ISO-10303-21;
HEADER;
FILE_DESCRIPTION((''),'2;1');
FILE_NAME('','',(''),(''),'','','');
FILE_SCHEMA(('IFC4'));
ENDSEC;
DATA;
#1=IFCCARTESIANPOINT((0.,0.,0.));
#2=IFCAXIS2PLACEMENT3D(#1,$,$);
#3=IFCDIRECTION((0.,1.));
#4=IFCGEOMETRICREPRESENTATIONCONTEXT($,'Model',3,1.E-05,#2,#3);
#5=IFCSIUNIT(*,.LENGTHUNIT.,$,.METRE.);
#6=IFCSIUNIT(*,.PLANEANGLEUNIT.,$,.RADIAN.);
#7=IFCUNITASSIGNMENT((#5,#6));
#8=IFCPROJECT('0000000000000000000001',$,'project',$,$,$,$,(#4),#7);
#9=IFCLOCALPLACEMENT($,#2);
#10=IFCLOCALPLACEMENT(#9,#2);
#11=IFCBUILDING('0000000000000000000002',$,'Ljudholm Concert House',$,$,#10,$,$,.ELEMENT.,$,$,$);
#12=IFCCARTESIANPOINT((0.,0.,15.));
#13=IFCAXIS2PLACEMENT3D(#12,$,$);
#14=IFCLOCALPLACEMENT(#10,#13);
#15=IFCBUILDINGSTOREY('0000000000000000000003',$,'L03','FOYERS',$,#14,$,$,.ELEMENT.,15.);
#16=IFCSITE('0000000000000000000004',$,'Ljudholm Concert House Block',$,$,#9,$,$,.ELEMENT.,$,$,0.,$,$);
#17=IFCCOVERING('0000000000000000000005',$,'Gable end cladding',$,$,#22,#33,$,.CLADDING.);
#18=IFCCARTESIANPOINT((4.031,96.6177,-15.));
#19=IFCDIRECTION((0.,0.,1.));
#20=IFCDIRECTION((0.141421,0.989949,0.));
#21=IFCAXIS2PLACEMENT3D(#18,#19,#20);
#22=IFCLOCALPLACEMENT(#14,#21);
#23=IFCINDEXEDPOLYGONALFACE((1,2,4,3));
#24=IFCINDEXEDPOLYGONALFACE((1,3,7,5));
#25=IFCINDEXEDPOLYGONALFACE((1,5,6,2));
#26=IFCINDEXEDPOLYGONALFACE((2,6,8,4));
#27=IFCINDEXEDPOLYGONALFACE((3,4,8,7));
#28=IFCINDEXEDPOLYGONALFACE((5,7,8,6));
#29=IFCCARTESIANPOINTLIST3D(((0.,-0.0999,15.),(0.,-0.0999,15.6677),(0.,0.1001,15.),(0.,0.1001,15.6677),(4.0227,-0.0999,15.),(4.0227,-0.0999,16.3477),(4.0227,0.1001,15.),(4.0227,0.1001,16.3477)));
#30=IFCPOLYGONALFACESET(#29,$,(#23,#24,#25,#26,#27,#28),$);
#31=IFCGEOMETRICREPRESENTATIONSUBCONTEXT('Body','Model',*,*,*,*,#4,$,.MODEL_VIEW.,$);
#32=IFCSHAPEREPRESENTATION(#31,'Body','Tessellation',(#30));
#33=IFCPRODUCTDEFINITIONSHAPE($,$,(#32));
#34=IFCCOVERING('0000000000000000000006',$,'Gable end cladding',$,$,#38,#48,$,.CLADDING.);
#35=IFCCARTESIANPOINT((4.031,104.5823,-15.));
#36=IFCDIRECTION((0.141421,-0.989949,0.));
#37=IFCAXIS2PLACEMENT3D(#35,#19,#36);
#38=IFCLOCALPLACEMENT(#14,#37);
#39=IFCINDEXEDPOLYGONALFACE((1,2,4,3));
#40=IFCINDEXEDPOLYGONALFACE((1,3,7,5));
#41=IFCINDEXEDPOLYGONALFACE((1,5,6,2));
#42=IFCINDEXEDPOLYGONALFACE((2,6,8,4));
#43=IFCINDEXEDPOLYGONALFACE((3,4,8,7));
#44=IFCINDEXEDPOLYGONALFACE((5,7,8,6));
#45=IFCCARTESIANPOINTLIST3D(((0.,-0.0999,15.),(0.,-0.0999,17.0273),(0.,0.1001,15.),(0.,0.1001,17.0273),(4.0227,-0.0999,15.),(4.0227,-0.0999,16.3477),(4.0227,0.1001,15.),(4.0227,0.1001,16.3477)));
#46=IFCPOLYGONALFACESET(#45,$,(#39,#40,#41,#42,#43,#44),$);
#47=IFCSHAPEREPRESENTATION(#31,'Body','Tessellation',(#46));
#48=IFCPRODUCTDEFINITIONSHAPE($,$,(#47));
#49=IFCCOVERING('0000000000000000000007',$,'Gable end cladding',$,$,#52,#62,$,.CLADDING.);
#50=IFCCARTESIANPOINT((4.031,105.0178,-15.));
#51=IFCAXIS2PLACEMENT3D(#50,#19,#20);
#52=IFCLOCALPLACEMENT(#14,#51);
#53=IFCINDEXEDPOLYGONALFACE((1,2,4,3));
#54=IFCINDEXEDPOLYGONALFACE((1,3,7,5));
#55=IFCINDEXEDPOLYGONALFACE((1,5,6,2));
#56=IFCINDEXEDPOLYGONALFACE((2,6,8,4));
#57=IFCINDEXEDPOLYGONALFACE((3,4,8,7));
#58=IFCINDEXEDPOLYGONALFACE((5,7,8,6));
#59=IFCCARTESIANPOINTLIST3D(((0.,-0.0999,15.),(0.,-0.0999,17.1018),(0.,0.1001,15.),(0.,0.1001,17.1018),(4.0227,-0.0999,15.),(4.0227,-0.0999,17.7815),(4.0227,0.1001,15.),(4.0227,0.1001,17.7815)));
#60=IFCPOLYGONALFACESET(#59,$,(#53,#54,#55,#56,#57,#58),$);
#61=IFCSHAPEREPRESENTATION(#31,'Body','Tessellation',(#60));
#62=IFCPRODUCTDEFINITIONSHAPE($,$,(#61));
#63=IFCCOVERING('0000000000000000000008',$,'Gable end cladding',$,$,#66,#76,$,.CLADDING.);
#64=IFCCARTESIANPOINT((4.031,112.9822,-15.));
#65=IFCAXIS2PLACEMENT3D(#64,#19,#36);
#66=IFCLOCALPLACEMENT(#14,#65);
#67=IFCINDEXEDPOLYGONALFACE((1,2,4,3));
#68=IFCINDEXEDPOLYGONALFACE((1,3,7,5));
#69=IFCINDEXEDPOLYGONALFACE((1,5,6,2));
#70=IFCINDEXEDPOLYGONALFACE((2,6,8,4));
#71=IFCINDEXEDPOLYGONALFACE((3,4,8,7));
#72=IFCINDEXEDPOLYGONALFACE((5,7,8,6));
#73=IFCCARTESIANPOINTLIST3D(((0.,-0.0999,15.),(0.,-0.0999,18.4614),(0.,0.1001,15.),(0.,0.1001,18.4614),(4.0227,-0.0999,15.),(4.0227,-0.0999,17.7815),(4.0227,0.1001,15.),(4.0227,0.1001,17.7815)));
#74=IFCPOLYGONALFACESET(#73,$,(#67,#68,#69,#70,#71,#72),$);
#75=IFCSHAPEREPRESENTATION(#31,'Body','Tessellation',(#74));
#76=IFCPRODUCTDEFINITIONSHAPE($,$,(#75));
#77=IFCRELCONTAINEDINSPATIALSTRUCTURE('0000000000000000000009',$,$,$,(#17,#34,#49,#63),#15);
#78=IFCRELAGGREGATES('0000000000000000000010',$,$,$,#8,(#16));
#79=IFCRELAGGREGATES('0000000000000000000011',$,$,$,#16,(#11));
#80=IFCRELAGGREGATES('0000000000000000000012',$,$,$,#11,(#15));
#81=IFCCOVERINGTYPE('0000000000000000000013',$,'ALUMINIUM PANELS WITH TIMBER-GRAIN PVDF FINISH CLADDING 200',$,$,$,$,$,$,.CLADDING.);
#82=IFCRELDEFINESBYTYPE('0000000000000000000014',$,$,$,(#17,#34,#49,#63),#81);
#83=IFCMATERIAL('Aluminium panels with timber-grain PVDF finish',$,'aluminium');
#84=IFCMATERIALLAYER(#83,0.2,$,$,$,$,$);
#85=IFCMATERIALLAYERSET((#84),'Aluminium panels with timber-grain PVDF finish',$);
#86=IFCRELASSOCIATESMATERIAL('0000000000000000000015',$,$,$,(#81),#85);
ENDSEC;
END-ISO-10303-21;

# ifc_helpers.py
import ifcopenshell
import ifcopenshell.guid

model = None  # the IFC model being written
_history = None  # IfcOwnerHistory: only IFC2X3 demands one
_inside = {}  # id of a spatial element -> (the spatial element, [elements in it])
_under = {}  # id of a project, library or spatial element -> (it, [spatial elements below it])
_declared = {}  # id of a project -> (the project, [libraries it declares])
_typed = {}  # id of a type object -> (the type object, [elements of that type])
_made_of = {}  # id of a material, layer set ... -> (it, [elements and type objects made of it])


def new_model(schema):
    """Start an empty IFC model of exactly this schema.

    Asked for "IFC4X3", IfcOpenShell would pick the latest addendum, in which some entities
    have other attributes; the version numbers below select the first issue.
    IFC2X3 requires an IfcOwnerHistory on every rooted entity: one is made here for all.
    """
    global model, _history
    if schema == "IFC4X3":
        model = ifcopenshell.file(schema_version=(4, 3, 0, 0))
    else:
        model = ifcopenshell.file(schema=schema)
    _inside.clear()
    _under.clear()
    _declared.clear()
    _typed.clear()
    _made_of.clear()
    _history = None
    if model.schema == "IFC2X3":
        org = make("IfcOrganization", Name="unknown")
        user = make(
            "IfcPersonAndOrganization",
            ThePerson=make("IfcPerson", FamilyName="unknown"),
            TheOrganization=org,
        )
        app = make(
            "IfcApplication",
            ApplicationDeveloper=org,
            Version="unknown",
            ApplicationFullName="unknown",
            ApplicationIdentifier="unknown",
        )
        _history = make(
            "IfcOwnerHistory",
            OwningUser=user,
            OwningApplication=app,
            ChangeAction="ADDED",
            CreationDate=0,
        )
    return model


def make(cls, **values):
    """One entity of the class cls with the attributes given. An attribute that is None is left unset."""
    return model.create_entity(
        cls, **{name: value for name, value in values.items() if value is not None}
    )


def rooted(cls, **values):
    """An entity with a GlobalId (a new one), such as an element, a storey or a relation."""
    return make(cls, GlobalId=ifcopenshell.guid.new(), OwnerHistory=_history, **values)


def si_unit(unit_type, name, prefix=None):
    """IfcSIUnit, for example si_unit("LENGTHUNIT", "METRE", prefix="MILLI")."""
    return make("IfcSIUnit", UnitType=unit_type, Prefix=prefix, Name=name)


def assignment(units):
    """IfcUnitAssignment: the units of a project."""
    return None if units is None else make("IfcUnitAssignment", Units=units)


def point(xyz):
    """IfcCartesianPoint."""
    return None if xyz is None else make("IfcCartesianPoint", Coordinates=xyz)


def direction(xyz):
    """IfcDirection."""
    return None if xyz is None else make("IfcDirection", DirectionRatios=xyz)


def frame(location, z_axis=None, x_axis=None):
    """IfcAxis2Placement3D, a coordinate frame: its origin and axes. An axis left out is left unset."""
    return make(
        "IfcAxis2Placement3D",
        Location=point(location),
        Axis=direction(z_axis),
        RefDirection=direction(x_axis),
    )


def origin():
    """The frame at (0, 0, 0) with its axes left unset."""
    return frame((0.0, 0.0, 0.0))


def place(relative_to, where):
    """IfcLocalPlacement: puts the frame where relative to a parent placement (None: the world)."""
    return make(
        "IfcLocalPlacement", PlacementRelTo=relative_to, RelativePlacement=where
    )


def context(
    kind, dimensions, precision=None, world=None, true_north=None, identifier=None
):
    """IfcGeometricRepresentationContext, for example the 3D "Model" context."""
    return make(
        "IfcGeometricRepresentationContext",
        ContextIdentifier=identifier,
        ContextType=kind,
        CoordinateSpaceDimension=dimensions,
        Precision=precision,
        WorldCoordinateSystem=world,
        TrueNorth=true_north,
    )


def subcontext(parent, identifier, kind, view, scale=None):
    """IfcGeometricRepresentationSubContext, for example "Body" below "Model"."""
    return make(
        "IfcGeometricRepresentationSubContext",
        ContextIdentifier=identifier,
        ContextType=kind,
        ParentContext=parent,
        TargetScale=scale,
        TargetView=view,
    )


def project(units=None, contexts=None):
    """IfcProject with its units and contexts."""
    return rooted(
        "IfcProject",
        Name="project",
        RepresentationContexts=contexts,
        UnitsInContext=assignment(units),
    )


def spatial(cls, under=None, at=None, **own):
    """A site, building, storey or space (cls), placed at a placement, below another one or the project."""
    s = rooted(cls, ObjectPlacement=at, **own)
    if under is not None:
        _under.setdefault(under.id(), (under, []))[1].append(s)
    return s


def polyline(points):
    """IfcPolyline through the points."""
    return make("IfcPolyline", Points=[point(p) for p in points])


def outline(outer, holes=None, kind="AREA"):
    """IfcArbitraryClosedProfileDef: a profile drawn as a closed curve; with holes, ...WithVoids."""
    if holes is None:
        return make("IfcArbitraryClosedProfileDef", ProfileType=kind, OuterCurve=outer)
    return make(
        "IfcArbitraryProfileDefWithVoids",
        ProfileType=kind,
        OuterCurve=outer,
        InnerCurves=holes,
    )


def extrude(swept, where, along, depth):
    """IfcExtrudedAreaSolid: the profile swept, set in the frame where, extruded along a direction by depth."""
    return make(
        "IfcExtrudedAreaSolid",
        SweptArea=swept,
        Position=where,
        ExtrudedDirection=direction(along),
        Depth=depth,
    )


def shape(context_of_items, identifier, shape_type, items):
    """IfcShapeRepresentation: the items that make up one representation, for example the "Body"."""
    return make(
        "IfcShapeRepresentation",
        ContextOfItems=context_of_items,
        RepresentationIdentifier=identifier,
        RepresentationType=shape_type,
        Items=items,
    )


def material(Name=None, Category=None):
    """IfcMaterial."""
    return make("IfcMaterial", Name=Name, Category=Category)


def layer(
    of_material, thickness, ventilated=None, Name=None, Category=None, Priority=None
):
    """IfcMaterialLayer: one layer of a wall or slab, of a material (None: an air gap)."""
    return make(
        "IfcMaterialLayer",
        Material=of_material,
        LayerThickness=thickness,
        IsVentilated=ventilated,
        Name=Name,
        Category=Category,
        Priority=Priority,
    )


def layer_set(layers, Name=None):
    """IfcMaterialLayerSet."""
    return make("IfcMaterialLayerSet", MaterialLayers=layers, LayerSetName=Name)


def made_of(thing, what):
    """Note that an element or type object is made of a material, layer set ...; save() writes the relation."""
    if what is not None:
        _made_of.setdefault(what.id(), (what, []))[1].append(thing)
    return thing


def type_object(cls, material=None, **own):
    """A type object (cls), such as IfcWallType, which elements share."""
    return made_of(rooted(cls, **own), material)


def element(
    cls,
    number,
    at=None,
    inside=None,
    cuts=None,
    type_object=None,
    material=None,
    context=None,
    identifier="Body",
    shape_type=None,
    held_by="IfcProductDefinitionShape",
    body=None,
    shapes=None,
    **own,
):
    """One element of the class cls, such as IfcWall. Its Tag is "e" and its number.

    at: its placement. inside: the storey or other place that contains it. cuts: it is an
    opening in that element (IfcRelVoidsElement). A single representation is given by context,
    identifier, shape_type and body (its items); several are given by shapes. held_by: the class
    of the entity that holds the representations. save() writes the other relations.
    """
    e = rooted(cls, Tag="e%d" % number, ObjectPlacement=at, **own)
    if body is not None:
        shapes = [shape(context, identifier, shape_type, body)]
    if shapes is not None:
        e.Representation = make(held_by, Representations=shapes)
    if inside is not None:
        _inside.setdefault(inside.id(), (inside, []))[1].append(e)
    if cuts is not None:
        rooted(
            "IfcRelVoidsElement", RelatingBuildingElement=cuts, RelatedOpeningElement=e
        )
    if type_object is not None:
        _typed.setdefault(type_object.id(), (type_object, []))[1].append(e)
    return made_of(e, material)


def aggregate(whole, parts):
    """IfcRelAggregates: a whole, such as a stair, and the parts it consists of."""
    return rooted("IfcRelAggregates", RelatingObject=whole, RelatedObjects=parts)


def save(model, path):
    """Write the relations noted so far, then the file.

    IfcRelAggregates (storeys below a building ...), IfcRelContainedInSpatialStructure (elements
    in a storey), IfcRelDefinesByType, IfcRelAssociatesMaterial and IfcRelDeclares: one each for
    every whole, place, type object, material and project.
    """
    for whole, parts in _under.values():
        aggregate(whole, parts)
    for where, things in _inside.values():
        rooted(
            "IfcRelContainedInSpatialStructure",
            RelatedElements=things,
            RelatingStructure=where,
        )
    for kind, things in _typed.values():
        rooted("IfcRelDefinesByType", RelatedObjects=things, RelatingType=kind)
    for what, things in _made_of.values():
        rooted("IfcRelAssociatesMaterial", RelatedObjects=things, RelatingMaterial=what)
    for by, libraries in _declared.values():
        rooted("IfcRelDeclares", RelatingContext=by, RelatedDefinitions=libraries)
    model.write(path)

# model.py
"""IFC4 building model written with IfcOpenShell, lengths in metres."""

from ifc_helpers import new_model, si_unit, direction, frame, origin, place, context, subcontext, project, spatial, polyline, outline, extrude, material, layer, layer_set, type_object, element, save


model = new_model("IFC4")

# Units and contexts
model_context = context("Model", 3, precision=1e-05, world=origin(), true_north=direction((0.0, 1.0)))
body_context = subcontext(model_context, "Body", "Model", "MODEL_VIEW")
ifc_project = project(units=[si_unit("LENGTHUNIT", "METRE"), si_unit("PLANEANGLEUNIT", "RADIAN")], contexts=[model_context])

# Site, building, storey
site_placement = place(None, origin())
site = spatial("IfcSite", under=ifc_project, at=site_placement, Name="Ljudholm Concert House Block", CompositionType="ELEMENT", RefElevation=0.0)
building_placement = place(site_placement, origin())
building = spatial("IfcBuilding", under=site, at=building_placement, Name="Ljudholm Concert House", CompositionType="ELEMENT")
storey_placement = place(building_placement, frame((0.0, 0.0, 15.0)))
storey = spatial("IfcBuildingStorey", under=building, at=storey_placement, Name="L03", Description="FOYERS", CompositionType="ELEMENT", Elevation=15.0)

# Coverings
ifc_material_1 = material(Name="Aluminium panels with timber-grain PVDF finish", Category="aluminium")
ifc_layer = layer(ifc_material_1, 0.2)
ifc_layer_set = layer_set([ifc_layer], Name="Aluminium panels with timber-grain PVDF finish")
covering_type = type_object("IfcCoveringType", Name="ALUMINIUM PANELS WITH TIMBER-GRAIN PVDF FINISH CLADDING 200", PredefinedType="CLADDING", material=ifc_layer_set)
covering_1_placement = place(storey_placement, frame((4.031, 96.6177, -15.0), z_axis=(0.0, 0.0, 1.0), x_axis=(0.141421, 0.989949, 0.0)))
element("IfcCovering", 1, at=covering_1_placement, inside=storey, type_object=covering_type, Name="Gable end cladding", PredefinedType="CLADDING", context=body_context, shape_type="SweptSolid", body=[
    extrude(outline(polyline([(0.0, 15.0), (4.0227, 15.0), (4.0227, 16.3477), (0.0, 15.6677), (0.0, 15.0)])), frame((0.0, 0.1001, 0.0), z_axis=(0.0, -1.0, 0.0), x_axis=(1.0, 0.0, 0.0)), (0.0, 0.0, 1.0), 0.2),
])
covering_2_placement = place(storey_placement, frame((4.031, 104.5823, -15.0), z_axis=(0.0, 0.0, 1.0), x_axis=(0.141421, -0.989949, 0.0)))
element("IfcCovering", 2, at=covering_2_placement, inside=storey, type_object=covering_type, Name="Gable end cladding", PredefinedType="CLADDING", context=body_context, shape_type="SweptSolid", body=[
    extrude(outline(polyline([(0.0, 15.0), (4.0227, 15.0), (4.0227, 16.3477), (0.0, 17.0273), (0.0, 15.0)])), frame((0.0, 0.1001, 0.0), z_axis=(0.0, -1.0, 0.0), x_axis=(1.0, 0.0, 0.0)), (0.0, 0.0, 1.0), 0.2),
])
covering_3_placement = place(storey_placement, frame((4.031, 105.0178, -15.0), z_axis=(0.0, 0.0, 1.0), x_axis=(0.141421, 0.989949, 0.0)))
element("IfcCovering", 3, at=covering_3_placement, inside=storey, type_object=covering_type, Name="Gable end cladding", PredefinedType="CLADDING", context=body_context, shape_type="SweptSolid", body=[
    extrude(outline(polyline([(0.0, 15.0), (4.0227, 15.0), (4.0227, 17.7815), (0.0, 17.1018), (0.0, 15.0)])), frame((0.0, 0.1001, 0.0), z_axis=(0.0, -1.0, 0.0), x_axis=(1.0, 0.0, 0.0)), (0.0, 0.0, 1.0), 0.2),
])
covering_4_placement = place(storey_placement, frame((4.031, 112.9822, -15.0), z_axis=(0.0, 0.0, 1.0), x_axis=(0.141421, -0.989949, 0.0)))
element("IfcCovering", 4, at=covering_4_placement, inside=storey, type_object=covering_type, Name="Gable end cladding", PredefinedType="CLADDING", context=body_context, shape_type="SweptSolid", body=[
    extrude(outline(polyline([(0.0, 15.0), (4.0227, 15.0), (4.0227, 17.7815), (0.0, 18.4614), (0.0, 15.0)])), frame((0.0, 0.1001, 0.0), z_axis=(0.0, -1.0, 0.0), x_axis=(1.0, 0.0, 0.0)), (0.0, 0.0, 1.0), 0.2),
])

save(model, "model.ifc")
